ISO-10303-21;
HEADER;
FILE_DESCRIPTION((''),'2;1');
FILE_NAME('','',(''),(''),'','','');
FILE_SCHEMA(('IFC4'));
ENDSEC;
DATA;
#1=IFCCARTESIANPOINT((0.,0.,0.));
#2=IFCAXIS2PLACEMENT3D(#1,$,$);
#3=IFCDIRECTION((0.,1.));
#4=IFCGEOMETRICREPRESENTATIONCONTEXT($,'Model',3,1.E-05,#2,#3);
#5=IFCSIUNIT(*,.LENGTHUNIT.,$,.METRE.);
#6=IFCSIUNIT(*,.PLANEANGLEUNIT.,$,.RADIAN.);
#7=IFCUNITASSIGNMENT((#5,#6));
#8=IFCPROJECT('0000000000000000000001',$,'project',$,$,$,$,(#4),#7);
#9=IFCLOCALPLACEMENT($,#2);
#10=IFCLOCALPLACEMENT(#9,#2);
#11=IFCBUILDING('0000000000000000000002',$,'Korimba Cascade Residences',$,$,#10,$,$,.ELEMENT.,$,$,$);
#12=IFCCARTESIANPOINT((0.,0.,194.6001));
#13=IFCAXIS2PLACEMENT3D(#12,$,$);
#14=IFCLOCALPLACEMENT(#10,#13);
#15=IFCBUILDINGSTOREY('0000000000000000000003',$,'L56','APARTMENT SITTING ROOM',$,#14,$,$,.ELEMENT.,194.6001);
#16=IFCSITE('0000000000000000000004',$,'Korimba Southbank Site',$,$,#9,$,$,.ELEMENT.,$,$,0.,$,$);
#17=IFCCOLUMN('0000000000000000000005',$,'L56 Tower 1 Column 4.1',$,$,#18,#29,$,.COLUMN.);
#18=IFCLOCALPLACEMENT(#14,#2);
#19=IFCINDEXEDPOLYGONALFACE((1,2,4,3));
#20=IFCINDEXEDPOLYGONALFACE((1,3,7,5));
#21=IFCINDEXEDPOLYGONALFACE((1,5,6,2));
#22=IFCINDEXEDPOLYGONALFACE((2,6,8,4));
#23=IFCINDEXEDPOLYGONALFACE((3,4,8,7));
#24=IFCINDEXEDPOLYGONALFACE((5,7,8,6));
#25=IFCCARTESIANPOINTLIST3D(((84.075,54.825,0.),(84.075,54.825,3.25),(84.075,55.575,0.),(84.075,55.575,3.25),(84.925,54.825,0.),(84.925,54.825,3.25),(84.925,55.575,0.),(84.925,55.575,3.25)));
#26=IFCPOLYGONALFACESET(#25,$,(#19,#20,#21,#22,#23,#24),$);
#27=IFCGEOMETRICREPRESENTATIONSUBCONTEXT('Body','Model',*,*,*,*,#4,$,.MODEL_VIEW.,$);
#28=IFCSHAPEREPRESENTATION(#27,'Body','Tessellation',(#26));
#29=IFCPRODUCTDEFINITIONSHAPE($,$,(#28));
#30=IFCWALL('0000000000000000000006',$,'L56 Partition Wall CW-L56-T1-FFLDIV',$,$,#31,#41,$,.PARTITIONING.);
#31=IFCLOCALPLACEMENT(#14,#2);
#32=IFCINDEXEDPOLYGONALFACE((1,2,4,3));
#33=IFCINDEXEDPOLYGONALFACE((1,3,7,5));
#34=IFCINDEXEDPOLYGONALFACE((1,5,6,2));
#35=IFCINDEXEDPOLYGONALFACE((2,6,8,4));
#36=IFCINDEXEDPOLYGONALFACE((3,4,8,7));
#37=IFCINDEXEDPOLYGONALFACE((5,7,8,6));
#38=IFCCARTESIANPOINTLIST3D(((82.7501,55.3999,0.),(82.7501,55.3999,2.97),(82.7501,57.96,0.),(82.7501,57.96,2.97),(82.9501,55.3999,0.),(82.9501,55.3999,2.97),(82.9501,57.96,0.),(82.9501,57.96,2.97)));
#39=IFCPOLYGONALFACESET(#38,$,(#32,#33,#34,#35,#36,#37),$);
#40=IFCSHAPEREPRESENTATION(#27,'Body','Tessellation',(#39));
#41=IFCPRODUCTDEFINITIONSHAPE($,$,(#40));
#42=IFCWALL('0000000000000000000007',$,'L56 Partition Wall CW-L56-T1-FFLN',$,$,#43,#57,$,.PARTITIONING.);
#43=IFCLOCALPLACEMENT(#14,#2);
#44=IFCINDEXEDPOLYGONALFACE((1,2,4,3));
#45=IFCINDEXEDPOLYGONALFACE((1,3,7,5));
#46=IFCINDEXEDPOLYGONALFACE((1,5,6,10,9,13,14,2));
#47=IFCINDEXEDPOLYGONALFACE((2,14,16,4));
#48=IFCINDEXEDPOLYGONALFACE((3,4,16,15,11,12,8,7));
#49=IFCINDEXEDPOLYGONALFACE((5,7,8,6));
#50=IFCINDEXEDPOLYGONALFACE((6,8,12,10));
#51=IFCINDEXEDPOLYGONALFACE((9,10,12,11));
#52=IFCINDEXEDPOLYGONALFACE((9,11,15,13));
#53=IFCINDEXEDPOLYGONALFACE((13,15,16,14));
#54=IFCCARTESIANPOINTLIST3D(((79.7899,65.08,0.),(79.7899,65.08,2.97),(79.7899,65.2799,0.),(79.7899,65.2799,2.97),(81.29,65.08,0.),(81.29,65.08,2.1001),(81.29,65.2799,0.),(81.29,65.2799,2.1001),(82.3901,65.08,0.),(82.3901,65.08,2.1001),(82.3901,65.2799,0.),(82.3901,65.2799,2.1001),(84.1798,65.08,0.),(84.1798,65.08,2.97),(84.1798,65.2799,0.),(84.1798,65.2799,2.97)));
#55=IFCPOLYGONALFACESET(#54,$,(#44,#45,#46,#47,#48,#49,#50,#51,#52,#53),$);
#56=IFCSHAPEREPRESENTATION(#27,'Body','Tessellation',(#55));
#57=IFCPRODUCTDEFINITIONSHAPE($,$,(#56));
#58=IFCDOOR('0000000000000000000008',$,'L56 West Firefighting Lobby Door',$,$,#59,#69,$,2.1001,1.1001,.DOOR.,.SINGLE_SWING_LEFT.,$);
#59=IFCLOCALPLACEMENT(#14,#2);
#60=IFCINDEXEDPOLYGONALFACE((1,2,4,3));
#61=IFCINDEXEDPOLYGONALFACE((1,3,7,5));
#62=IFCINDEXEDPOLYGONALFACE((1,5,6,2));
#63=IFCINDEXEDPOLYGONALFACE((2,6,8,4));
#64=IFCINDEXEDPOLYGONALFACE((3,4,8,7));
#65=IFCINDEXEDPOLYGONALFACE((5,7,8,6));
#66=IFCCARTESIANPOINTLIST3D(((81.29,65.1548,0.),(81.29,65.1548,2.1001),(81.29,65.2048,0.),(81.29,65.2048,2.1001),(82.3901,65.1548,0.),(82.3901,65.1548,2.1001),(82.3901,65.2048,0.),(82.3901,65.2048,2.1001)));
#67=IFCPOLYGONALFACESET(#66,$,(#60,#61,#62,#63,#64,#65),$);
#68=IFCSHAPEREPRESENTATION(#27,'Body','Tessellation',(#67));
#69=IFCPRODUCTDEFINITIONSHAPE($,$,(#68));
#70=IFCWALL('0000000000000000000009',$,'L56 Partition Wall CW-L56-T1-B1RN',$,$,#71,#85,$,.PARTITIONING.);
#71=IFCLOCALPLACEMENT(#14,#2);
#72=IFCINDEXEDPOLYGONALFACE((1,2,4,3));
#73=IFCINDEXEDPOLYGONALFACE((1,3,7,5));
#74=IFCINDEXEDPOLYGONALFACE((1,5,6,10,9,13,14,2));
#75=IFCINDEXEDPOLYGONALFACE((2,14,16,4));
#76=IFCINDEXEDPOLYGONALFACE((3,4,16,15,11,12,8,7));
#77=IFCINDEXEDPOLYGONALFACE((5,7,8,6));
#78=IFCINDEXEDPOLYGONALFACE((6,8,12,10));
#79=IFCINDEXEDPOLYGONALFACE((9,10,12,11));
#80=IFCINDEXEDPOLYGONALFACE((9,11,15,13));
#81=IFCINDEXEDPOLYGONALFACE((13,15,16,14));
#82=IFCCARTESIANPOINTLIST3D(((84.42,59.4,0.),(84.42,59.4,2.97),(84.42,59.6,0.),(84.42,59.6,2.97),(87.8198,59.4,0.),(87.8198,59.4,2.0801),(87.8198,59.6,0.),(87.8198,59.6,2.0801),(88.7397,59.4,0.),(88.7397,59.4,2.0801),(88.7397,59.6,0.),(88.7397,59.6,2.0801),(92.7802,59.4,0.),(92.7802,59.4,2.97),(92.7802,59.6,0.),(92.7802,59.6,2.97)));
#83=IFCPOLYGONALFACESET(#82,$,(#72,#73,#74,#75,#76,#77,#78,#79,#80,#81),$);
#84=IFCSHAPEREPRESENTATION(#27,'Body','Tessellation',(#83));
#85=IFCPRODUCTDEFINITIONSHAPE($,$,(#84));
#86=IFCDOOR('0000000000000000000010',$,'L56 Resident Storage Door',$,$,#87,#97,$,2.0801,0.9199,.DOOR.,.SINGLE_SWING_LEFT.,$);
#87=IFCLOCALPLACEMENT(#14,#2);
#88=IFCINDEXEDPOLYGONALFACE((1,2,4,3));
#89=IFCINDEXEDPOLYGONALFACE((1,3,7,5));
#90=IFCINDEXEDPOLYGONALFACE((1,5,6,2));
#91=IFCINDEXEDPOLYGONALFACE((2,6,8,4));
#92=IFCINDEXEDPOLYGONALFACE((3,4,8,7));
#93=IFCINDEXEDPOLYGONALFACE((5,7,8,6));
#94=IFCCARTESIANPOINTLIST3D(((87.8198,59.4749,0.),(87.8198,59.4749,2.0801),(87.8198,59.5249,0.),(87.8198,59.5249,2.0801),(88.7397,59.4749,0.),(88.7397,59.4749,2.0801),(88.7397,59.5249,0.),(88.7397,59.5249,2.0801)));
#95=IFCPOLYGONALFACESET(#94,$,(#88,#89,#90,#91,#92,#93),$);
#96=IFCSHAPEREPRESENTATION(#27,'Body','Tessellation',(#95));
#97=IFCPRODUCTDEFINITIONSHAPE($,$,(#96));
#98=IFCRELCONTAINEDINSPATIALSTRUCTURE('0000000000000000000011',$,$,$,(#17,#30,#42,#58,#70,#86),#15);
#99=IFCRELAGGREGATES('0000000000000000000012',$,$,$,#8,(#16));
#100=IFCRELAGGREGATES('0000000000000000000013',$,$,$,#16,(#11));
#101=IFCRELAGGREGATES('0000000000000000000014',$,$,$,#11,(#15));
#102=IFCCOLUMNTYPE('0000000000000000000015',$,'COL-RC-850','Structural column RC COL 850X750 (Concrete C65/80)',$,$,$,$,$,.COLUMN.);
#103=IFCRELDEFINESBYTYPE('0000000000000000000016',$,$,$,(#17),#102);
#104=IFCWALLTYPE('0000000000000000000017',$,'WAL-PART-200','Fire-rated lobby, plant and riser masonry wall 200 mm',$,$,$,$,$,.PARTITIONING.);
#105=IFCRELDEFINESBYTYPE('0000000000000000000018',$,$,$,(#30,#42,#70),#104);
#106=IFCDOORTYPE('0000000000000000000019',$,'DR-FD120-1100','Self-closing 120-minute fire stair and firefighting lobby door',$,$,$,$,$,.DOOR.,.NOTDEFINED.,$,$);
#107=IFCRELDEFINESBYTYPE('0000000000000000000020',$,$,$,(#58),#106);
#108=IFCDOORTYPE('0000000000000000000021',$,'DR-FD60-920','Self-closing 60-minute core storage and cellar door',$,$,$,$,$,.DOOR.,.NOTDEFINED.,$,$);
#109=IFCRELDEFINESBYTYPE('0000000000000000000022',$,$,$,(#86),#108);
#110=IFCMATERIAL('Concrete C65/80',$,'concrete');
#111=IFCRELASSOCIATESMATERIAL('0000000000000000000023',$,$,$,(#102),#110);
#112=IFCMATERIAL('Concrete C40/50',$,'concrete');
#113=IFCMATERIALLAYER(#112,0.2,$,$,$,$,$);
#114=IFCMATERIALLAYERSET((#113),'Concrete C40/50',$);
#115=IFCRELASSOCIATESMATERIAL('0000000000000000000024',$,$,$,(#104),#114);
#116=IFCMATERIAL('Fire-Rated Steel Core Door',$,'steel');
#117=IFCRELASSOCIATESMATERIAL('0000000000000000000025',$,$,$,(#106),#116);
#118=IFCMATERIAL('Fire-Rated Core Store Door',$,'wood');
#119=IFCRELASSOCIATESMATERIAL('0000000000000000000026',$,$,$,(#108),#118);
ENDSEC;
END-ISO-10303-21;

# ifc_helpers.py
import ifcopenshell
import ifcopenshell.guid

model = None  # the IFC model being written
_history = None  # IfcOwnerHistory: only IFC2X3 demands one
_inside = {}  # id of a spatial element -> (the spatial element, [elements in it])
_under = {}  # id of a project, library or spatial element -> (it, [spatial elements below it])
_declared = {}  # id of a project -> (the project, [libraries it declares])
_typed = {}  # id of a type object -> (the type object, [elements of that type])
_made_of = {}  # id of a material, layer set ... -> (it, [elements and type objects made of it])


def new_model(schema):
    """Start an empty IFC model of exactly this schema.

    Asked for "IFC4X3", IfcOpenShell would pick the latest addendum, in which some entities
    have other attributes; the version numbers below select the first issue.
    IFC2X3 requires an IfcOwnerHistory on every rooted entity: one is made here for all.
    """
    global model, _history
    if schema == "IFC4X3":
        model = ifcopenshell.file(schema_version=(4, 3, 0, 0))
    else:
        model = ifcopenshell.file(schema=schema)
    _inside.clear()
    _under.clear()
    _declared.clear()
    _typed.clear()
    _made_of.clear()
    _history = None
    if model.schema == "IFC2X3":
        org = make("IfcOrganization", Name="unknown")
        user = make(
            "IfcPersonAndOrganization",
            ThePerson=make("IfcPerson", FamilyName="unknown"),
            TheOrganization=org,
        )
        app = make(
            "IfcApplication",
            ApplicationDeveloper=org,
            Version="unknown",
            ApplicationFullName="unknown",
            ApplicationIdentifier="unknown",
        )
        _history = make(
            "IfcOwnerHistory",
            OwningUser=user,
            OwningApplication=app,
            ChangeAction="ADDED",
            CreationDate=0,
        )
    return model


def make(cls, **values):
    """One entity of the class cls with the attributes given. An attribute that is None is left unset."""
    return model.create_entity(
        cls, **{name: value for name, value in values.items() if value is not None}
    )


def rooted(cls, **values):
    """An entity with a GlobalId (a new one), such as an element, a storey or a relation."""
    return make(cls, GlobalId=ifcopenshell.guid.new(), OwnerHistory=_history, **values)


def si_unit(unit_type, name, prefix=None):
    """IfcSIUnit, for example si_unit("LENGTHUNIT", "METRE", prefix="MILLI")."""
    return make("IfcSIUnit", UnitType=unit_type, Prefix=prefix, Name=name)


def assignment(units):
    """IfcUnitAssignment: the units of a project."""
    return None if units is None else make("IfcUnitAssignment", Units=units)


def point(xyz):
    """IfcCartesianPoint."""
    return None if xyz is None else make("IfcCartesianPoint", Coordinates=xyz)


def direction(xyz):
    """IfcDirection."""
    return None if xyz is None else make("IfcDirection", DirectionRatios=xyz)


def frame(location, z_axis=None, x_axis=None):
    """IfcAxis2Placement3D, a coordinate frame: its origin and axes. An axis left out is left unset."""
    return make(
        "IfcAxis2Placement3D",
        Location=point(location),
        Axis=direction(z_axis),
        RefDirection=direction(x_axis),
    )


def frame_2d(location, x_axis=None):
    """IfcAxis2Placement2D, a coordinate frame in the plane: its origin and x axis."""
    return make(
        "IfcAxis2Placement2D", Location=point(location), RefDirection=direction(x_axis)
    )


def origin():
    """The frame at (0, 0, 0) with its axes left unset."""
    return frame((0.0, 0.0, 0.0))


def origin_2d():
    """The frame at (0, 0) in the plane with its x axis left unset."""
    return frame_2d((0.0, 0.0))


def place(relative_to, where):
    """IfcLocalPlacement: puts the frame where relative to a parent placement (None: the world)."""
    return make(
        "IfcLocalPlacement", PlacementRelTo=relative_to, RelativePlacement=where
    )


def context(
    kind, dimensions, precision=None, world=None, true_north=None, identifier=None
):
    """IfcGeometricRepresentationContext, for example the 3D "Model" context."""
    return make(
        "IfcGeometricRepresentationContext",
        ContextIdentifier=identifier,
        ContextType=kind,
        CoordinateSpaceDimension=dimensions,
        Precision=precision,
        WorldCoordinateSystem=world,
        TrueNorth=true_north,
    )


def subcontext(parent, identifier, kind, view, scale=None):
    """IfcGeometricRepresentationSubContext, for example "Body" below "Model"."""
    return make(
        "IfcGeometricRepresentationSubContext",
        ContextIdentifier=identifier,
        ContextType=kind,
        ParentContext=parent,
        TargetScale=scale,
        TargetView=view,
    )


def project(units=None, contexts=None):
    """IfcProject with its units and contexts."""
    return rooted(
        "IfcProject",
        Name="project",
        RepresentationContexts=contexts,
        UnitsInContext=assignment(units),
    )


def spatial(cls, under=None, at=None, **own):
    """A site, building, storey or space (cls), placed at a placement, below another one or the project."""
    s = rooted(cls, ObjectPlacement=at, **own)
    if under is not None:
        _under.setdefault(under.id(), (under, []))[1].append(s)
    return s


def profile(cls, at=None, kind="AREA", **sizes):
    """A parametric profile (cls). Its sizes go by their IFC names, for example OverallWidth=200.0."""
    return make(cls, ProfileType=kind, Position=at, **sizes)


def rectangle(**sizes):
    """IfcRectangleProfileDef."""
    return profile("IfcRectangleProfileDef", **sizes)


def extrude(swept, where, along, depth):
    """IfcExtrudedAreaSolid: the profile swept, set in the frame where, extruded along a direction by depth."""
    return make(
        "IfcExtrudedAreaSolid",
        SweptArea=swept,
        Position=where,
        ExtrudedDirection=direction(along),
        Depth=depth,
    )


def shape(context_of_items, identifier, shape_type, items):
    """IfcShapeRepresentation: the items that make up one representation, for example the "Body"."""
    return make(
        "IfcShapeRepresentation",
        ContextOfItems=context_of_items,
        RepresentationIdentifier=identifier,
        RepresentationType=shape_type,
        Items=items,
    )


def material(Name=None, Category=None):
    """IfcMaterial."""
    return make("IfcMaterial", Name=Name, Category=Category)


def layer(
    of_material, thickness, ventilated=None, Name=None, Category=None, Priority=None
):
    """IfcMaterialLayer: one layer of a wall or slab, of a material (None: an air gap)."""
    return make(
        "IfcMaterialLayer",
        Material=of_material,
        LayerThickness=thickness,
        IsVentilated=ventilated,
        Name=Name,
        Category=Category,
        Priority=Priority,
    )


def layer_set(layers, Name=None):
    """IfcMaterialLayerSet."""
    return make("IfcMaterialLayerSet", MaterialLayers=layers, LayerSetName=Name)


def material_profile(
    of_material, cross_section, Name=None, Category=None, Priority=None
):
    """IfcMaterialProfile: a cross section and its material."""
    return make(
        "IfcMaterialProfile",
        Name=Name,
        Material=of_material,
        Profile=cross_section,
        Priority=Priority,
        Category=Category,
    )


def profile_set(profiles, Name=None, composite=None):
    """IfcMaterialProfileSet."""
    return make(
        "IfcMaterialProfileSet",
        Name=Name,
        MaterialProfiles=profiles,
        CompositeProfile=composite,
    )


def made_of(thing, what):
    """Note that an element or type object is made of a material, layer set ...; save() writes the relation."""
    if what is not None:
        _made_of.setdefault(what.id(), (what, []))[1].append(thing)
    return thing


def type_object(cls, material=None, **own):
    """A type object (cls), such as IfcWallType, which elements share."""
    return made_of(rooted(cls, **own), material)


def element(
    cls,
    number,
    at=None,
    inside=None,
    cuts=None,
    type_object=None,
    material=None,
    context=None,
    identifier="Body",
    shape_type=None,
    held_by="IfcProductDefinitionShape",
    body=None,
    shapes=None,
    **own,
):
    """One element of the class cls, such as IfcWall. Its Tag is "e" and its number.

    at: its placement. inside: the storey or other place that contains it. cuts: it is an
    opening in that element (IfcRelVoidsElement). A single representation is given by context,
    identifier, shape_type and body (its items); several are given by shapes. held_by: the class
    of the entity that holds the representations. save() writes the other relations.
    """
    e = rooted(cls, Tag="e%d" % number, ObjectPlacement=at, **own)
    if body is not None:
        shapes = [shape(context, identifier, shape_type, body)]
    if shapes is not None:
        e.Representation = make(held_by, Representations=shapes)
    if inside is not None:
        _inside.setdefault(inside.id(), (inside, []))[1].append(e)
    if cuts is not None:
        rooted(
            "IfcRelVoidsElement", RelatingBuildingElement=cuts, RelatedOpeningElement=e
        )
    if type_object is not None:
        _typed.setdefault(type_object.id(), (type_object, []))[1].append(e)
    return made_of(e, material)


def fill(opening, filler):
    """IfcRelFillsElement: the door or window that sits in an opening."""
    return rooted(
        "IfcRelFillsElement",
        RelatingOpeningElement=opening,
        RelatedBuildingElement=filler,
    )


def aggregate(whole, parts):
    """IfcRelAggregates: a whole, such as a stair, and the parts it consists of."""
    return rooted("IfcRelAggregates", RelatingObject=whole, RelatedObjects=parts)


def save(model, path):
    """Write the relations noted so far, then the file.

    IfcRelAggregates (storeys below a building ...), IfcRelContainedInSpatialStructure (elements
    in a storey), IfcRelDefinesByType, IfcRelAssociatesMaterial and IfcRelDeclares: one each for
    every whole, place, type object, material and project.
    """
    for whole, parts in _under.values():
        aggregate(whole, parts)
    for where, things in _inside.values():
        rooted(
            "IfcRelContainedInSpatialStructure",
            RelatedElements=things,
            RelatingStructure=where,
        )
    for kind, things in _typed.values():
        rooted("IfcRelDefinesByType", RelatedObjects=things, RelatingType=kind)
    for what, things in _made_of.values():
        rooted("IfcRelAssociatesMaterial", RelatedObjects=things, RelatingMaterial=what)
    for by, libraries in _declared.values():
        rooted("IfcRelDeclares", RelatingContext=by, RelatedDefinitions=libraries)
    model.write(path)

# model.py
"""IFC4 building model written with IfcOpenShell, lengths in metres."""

from ifc_helpers import new_model, si_unit, direction, frame, frame_2d, origin, origin_2d, place, context, subcontext, project, spatial, rectangle, extrude, material, layer, layer_set, material_profile, profile_set, type_object, element, fill, save


model = new_model("IFC4")

# Units and contexts
model_context = context("Model", 3, precision=1e-05, world=origin(), true_north=direction((0.0, 1.0)))
body_context = subcontext(model_context, "Body", "Model", "MODEL_VIEW")
ifc_project = project(units=[si_unit("LENGTHUNIT", "METRE"), si_unit("PLANEANGLEUNIT", "RADIAN")], contexts=[model_context])

# Site, building, storey
site_placement = place(None, origin())
site = spatial("IfcSite", under=ifc_project, at=site_placement, Name="Korimba Southbank Site", CompositionType="ELEMENT", RefElevation=0.0)
building_placement = place(site_placement, origin())
building = spatial("IfcBuilding", under=site, at=building_placement, Name="Korimba Cascade Residences", CompositionType="ELEMENT")
storey_placement = place(building_placement, frame((0.0, 0.0, 194.6001)))
storey = spatial("IfcBuildingStorey", under=building, at=storey_placement, Name="L56", Description="APARTMENT SITTING ROOM", CompositionType="ELEMENT", Elevation=194.6001)

# Column
ifc_material_1 = material(Name="Concrete C65/80", Category="concrete")
ifc_material_profile = material_profile(ifc_material_1, rectangle(XDim=0.8501, YDim=0.75, at=origin_2d()), Name="Concrete C65/80")
ifc_profile_set = profile_set([ifc_material_profile], Name="Concrete C65/80")
column_type = type_object("IfcColumnType", Name="COL-RC-850", Description="Structural column RC COL 850X750 (Concrete C65/80)", PredefinedType="COLUMN", material=ifc_profile_set)
column_placement = place(storey_placement, frame((84.5, 55.2, 0.0), z_axis=(0.0, 0.0, 1.0), x_axis=(1.0, 0.0, 0.0)))
element("IfcColumn", 1, at=column_placement, inside=storey, type_object=column_type, Name="L56 Tower 1 Column 4.1", PredefinedType="COLUMN", context=body_context, shape_type="SweptSolid", body=[
    extrude(rectangle(XDim=0.8501, YDim=0.75, at=origin_2d()), origin(), (0.0, 0.0, 1.0), 3.25),
])

# Wall
ifc_material_2 = material(Name="Concrete C40/50", Category="concrete")
ifc_layer_1 = layer(ifc_material_2, 0.2)
ifc_layer_set_1 = layer_set([ifc_layer_1], Name="Concrete C40/50")
wall_type_1 = type_object("IfcWallType", Name="WAL-PART-200", Description="Fire-rated lobby, plant and riser masonry wall 200 mm", PredefinedType="PARTITIONING", material=ifc_layer_set_1)
wall_1_placement = place(storey_placement, frame((82.8501, 55.3999, 0.0), z_axis=(0.0, 0.0, 1.0), x_axis=(0.0, 1.0, 0.0)))
element("IfcWall", 2, at=wall_1_placement, inside=storey, type_object=wall_type_1, Name="L56 Partition Wall CW-L56-T1-FFLDIV", PredefinedType="PARTITIONING", context=body_context, shape_type="SweptSolid", body=[
    extrude(rectangle(XDim=2.5601, YDim=0.2, at=frame_2d((1.28, 0.0))), origin(), (0.0, 0.0, 1.0), 2.97),
])

# Walls, openings, doors
wall_2_placement = place(storey_placement, frame((79.79, 65.1799, 0.0), z_axis=(0.0, 0.0, 1.0), x_axis=(1.0, 0.0, 0.0)))
wall_2 = element("IfcWall", 3, at=wall_2_placement, inside=storey, type_object=wall_type_1, Name="L56 Partition Wall CW-L56-T1-FFLN", PredefinedType="PARTITIONING", context=body_context, shape_type="SweptSolid", body=[
    extrude(rectangle(XDim=4.3899, YDim=0.2, at=frame_2d((2.1948, 0.0))), origin(), (0.0, 0.0, 1.0), 2.97),
])
opening_1_placement = place(wall_2_placement, frame((1.5, 0.0, 0.0)))
opening_1 = element("IfcOpeningElement", 4, at=opening_1_placement, cuts=wall_2, PredefinedType="OPENING", context=body_context, shape_type="SweptSolid", body=[
    extrude(rectangle(XDim=1.1001, YDim=2.1001, at=frame_2d((0.55, 1.05))), frame((0.0, 0.1099, 0.0), z_axis=(0.0, -1.0, 0.0), x_axis=(1.0, 0.0, 0.0)), (0.0, 0.0, 1.0), 0.22),
])
ifc_material_3 = material(Name="Fire-Rated Steel Core Door", Category="steel")
door_type_1 = type_object("IfcDoorType", Name="DR-FD120-1100", Description="Self-closing 120-minute fire stair and firefighting lobby door", OperationType="NOTDEFINED", PredefinedType="DOOR", material=ifc_material_3)
door_1_placement = place(opening_1_placement, origin())
door_1 = element("IfcDoor", 5, at=door_1_placement, inside=storey, type_object=door_type_1, Name="L56 West Firefighting Lobby Door", OperationType="SINGLE_SWING_LEFT", OverallHeight=2.1001, OverallWidth=1.1001, PredefinedType="DOOR", context=body_context, shape_type="SweptSolid", body=[
    extrude(rectangle(XDim=1.1001, YDim=2.1001, at=frame_2d((0.55, 1.05))), frame((0.0, 0.0249, 0.0), z_axis=(0.0, -1.0, 0.0), x_axis=(1.0, 0.0, 0.0)), (0.0, 0.0, 1.0), 0.05),
])
fill(opening_1, door_1)
wall_3_placement = place(storey_placement, frame((84.4199, 59.5, 0.0), z_axis=(0.0, 0.0, 1.0), x_axis=(1.0, 0.0, 0.0)))
wall_3 = element("IfcWall", 6, at=wall_3_placement, inside=storey, type_object=wall_type_1, Name="L56 Partition Wall CW-L56-T1-B1RN", PredefinedType="PARTITIONING", context=body_context, shape_type="SweptSolid", body=[
    extrude(rectangle(XDim=8.3601, YDim=0.2, at=frame_2d((4.1802, 0.0))), origin(), (0.0, 0.0, 1.0), 2.97),
])
opening_2_placement = place(wall_3_placement, frame((3.3999, 0.0, 0.0)))
opening_2 = element("IfcOpeningElement", 7, at=opening_2_placement, cuts=wall_3, PredefinedType="OPENING", context=body_context, shape_type="SweptSolid", body=[
    extrude(rectangle(XDim=0.9199, YDim=2.0801, at=frame_2d((0.46, 1.04))), frame((0.0, 0.1099, 0.0), z_axis=(0.0, -1.0, 0.0), x_axis=(1.0, 0.0, 0.0)), (0.0, 0.0, 1.0), 0.22),
])
ifc_material_4 = material(Name="Fire-Rated Core Store Door", Category="wood")
door_type_2 = type_object("IfcDoorType", Name="DR-FD60-920", Description="Self-closing 60-minute core storage and cellar door", OperationType="NOTDEFINED", PredefinedType="DOOR", material=ifc_material_4)
door_2_placement = place(opening_2_placement, origin())
door_2 = element("IfcDoor", 8, at=door_2_placement, inside=storey, type_object=door_type_2, Name="L56 Resident Storage Door", OperationType="SINGLE_SWING_LEFT", OverallHeight=2.0801, OverallWidth=0.9199, PredefinedType="DOOR", context=body_context, shape_type="SweptSolid", body=[
    extrude(rectangle(XDim=0.9199, YDim=2.0801, at=frame_2d((0.46, 1.04))), frame((0.0, 0.0249, 0.0), z_axis=(0.0, -1.0, 0.0), x_axis=(1.0, 0.0, 0.0)), (0.0, 0.0, 1.0), 0.05),
])
fill(opening_2, door_2)

save(model, "model.ifc")
